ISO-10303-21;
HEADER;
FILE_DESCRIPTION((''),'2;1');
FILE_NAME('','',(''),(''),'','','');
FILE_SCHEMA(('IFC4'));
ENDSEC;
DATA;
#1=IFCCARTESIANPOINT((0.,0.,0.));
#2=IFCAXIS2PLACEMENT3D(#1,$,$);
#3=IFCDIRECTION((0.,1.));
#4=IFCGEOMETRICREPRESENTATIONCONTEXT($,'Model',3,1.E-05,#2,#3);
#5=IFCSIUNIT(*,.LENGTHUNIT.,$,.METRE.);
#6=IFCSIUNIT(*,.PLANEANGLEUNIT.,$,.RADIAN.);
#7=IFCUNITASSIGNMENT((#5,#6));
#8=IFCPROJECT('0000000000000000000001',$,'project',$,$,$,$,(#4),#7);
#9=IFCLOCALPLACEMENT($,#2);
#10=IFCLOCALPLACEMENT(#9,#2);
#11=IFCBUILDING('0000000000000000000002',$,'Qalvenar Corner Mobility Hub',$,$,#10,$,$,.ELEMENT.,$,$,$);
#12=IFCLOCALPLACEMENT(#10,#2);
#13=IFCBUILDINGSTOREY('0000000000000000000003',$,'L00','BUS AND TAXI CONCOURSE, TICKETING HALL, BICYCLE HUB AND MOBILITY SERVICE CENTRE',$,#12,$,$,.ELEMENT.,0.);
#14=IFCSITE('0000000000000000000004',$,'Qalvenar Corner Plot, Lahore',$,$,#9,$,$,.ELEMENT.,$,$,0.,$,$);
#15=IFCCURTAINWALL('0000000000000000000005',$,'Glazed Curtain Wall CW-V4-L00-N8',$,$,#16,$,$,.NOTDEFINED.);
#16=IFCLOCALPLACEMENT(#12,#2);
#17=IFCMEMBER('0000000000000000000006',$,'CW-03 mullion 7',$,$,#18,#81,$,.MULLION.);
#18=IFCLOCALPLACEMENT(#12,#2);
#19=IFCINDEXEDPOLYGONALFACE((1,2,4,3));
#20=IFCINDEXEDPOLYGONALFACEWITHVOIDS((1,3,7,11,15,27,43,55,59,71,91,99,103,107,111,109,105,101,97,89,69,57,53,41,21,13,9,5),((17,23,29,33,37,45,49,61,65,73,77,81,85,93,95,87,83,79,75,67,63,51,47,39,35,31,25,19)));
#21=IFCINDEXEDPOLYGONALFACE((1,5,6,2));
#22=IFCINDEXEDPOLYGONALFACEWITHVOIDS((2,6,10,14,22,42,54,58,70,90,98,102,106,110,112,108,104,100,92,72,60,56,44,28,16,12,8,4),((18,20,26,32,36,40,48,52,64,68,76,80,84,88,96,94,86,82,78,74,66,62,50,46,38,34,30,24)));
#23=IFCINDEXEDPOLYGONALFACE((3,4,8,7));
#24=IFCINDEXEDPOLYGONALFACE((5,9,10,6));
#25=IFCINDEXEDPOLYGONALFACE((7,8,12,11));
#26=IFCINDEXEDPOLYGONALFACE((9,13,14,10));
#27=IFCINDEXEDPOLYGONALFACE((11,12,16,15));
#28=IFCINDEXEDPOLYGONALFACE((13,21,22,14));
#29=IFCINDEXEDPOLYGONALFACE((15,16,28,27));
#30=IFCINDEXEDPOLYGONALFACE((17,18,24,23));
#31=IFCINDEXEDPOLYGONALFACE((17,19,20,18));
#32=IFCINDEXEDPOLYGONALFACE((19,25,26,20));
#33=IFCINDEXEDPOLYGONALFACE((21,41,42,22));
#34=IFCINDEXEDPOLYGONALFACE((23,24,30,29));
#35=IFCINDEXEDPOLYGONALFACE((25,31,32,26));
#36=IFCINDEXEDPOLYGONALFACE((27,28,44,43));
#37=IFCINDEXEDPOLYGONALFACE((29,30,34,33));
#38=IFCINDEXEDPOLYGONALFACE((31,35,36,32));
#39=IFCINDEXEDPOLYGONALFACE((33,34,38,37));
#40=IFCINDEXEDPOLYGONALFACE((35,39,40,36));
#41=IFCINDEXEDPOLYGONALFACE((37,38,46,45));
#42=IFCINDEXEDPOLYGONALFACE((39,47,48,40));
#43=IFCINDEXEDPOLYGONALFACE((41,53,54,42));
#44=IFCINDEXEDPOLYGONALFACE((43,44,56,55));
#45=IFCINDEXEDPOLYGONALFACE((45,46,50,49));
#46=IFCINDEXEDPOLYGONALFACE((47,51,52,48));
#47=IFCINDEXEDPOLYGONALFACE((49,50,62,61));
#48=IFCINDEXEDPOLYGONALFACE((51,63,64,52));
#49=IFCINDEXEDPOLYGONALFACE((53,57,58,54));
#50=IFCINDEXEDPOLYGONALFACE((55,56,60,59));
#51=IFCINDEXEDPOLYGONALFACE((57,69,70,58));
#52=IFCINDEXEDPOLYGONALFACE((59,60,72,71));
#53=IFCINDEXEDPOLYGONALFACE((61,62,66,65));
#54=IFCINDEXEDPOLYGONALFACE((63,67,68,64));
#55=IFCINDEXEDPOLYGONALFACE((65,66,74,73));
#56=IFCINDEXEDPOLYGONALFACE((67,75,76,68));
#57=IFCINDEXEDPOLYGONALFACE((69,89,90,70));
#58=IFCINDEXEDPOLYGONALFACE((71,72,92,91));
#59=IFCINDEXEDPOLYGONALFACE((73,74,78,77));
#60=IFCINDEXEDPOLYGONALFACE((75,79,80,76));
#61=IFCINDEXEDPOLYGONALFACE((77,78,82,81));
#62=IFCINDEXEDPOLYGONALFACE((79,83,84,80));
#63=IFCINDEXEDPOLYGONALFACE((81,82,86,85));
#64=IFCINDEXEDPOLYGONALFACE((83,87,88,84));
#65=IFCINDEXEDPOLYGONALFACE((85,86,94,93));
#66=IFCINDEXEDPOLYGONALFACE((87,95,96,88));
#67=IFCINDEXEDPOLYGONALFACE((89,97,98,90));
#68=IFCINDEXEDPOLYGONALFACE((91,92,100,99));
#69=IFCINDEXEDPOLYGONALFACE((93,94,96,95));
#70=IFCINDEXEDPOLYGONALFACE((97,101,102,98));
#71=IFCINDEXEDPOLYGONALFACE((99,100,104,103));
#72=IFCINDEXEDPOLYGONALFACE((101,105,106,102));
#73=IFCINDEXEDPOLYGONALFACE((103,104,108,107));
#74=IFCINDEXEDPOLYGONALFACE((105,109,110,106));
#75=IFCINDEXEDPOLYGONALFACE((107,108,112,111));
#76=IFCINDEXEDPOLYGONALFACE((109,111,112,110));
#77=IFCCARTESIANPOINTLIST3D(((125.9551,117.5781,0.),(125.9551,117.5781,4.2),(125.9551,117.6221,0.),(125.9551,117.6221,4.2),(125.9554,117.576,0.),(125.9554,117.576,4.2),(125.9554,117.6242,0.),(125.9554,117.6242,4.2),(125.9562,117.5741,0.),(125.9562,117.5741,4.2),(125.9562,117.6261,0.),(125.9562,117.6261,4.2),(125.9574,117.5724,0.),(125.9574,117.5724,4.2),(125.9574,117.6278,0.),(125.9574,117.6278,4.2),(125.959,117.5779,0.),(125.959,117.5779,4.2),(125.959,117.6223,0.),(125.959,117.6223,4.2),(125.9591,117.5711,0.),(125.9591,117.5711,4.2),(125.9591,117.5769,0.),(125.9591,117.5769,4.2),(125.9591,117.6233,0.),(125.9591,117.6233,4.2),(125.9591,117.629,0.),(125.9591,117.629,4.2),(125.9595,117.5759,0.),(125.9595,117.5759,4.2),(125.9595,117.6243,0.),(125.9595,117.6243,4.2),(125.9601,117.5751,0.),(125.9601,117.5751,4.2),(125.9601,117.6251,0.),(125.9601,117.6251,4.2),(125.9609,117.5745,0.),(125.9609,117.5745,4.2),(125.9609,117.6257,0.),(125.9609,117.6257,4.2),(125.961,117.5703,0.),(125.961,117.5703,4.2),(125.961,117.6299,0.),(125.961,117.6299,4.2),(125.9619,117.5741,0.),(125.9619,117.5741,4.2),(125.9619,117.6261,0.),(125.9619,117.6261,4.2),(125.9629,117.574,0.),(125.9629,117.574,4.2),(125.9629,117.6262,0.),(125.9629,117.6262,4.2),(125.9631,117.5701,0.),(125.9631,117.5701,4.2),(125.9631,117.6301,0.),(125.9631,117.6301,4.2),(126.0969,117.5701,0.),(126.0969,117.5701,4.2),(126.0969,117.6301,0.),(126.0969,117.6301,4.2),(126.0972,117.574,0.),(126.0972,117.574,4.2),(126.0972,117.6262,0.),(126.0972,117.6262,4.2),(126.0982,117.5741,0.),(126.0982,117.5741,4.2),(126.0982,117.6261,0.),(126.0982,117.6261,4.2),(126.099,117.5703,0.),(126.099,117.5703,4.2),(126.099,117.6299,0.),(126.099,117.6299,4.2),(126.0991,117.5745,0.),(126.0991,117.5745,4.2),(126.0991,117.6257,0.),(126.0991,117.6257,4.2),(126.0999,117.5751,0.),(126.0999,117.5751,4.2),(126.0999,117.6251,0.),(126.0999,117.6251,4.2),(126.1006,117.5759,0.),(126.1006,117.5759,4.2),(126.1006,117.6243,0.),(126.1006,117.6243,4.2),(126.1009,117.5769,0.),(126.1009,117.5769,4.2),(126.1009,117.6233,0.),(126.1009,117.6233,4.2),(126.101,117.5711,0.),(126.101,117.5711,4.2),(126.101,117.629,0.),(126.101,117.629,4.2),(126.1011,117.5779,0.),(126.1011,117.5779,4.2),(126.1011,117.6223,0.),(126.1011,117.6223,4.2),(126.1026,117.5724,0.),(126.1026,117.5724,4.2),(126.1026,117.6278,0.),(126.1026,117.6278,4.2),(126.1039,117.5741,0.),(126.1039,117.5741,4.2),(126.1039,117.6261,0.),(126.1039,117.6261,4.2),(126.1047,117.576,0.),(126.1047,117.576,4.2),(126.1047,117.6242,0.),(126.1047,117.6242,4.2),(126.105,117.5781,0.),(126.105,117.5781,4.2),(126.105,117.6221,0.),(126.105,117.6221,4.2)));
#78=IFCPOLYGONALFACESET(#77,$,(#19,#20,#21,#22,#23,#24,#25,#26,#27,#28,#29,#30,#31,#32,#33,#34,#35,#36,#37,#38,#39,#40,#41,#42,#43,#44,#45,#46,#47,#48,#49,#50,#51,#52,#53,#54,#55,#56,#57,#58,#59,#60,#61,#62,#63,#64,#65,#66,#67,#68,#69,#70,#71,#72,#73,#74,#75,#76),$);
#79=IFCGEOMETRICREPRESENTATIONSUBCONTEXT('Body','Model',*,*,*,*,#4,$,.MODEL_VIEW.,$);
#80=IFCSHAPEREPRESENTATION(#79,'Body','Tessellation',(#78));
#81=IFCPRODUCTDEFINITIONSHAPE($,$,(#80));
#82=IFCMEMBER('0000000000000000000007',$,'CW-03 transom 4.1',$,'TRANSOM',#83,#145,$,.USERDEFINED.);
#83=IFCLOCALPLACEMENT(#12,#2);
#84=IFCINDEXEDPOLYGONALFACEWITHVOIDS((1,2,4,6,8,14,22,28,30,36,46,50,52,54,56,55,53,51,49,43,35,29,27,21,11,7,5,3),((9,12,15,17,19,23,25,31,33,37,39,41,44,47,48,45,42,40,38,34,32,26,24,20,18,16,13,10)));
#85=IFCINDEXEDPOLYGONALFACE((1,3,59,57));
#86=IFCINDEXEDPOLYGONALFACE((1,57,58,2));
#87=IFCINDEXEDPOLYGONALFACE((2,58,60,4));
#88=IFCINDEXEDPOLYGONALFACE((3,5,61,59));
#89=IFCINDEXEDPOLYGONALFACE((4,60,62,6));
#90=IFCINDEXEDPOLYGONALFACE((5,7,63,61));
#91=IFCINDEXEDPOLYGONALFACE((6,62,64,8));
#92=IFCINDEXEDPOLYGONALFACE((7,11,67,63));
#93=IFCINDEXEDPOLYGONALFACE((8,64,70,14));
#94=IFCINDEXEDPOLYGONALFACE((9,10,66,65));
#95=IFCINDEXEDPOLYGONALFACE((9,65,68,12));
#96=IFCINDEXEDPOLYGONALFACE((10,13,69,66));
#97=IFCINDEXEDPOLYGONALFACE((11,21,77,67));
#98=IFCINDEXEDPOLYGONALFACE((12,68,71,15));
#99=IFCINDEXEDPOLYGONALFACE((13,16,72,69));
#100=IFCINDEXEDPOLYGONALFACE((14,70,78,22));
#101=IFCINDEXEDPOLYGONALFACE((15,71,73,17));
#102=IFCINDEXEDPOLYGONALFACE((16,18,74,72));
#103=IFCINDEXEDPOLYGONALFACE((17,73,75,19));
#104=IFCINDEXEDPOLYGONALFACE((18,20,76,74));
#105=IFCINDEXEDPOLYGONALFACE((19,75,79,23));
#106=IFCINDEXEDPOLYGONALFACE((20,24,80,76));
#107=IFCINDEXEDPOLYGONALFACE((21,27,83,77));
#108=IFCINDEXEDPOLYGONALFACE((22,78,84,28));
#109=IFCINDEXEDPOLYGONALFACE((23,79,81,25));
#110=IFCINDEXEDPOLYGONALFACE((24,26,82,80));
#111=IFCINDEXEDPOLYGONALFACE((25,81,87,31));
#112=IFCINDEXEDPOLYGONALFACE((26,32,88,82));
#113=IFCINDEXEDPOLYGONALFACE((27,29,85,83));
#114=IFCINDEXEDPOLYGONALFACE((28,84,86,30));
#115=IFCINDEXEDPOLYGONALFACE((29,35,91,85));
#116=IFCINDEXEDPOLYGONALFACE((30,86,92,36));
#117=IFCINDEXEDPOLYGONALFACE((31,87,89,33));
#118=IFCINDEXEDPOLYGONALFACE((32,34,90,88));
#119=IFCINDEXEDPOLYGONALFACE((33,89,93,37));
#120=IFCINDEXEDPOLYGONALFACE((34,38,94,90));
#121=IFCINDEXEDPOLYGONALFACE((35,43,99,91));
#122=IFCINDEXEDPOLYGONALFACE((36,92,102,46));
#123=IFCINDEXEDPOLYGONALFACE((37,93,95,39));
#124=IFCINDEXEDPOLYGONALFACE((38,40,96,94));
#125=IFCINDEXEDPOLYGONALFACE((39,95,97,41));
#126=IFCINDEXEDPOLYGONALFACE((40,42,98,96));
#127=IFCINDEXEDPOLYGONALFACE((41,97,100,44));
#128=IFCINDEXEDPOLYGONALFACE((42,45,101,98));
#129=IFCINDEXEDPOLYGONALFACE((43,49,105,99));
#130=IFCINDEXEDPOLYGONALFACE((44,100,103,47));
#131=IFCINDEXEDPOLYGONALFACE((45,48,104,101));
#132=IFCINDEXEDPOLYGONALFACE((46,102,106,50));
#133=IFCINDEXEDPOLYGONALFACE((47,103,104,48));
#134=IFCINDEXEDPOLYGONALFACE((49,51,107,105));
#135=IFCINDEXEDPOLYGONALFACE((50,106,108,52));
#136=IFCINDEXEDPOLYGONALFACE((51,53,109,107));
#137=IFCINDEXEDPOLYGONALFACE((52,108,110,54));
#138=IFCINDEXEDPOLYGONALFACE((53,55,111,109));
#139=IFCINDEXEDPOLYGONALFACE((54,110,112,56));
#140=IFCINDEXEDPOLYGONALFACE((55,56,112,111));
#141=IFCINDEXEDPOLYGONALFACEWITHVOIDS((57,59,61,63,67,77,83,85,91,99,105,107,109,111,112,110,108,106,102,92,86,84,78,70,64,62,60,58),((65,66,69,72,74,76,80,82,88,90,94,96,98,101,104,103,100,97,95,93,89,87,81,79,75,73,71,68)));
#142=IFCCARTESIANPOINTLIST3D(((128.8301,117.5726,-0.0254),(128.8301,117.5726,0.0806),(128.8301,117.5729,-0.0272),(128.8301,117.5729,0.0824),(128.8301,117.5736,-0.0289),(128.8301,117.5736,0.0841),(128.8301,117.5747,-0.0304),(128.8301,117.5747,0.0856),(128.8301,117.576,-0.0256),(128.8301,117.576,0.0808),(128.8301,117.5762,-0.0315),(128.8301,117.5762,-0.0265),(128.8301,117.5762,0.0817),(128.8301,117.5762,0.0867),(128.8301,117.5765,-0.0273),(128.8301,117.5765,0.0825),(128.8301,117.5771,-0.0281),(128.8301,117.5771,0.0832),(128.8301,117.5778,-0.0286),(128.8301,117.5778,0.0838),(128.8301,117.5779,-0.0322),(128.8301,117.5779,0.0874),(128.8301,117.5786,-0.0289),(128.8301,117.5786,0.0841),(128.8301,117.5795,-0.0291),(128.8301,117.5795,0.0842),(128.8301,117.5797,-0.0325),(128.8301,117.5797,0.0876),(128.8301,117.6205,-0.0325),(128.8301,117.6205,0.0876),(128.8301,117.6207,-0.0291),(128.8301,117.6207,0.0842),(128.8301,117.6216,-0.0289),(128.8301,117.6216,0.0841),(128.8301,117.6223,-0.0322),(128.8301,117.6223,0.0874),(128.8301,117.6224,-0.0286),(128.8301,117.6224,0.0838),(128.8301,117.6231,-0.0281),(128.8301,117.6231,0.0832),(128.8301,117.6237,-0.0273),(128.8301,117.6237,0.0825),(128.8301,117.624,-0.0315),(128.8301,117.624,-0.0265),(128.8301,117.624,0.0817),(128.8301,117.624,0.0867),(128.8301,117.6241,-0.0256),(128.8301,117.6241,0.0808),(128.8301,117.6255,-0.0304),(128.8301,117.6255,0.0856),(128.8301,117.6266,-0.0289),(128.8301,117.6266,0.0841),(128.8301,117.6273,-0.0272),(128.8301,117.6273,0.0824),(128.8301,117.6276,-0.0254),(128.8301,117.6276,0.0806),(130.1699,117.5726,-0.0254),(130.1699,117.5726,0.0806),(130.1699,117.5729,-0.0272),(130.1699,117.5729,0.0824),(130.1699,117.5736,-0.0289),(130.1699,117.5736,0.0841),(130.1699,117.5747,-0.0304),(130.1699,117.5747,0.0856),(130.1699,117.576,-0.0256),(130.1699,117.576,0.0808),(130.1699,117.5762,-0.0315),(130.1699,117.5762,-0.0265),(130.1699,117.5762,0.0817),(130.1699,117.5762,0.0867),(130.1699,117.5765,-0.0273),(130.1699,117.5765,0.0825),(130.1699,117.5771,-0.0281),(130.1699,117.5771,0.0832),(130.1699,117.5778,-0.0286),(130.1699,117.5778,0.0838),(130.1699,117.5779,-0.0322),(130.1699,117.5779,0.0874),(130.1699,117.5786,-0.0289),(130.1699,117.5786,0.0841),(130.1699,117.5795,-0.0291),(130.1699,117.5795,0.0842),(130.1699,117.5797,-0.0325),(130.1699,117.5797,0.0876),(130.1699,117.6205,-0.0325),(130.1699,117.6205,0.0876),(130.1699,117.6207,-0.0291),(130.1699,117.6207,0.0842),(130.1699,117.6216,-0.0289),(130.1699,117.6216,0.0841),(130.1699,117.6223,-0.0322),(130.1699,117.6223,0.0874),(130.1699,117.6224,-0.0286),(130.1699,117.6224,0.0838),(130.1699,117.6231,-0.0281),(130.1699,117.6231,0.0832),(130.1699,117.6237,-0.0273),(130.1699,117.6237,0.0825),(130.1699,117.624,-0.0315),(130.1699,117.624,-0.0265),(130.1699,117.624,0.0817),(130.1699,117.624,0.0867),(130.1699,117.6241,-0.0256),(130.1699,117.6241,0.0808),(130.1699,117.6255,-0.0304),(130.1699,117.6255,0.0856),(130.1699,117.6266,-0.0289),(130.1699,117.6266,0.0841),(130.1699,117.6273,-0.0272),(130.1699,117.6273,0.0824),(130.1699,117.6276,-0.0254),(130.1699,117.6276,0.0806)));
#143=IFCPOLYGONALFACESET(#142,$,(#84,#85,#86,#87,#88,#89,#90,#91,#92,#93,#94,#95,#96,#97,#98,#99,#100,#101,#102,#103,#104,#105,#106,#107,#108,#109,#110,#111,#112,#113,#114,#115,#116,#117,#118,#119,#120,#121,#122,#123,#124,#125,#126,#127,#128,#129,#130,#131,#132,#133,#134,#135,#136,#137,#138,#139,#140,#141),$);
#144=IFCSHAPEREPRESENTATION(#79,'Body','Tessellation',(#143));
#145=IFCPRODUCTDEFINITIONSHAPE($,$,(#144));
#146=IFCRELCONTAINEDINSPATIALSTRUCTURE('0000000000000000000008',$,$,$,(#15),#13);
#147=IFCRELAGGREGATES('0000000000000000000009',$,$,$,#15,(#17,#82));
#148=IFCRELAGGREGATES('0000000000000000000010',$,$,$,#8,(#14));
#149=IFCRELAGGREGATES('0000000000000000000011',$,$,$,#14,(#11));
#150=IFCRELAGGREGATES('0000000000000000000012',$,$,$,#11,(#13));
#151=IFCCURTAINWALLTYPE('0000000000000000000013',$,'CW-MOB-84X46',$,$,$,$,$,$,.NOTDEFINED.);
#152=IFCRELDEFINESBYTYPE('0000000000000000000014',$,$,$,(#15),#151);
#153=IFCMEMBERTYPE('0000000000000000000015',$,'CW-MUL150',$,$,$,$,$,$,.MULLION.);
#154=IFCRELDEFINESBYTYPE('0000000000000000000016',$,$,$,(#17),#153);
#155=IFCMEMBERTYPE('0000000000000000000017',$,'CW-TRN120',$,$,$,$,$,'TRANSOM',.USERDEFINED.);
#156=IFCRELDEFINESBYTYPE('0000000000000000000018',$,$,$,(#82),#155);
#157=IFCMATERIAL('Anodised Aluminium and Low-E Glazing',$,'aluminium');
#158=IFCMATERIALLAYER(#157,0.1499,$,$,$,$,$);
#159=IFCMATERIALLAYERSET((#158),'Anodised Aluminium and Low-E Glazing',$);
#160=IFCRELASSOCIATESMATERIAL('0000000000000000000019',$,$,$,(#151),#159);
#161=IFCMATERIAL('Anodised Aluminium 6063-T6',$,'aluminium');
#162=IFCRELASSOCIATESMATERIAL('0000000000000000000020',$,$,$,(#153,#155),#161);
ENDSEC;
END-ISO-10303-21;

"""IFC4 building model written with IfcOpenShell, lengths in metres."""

from ifc_helpers import new_model, si_unit, direction, frame, origin, origin_2d, place, context, subcontext, project, spatial, hollow_rectangle, extrude, material, layer, layer_set, material_profile, profile_set, type_object, element, aggregate, save


model = new_model("IFC4")

# Units and contexts
model_context = context("Model", 3, precision=1e-05, world=origin(), true_north=direction((0.0, 1.0)))
body_context = subcontext(model_context, "Body", "Model", "MODEL_VIEW")
ifc_project = project(units=[si_unit("LENGTHUNIT", "METRE"), si_unit("PLANEANGLEUNIT", "RADIAN")], contexts=[model_context])

# Site, building, storey
site_placement = place(None, origin())
site = spatial("IfcSite", under=ifc_project, at=site_placement, Name="Qalvenar Corner Plot, Lahore", CompositionType="ELEMENT", RefElevation=0.0)
building_placement = place(site_placement, origin())
building = spatial("IfcBuilding", under=site, at=building_placement, Name="Qalvenar Corner Mobility Hub", CompositionType="ELEMENT")
storey_placement = place(building_placement, origin())
storey = spatial("IfcBuildingStorey", under=building, at=storey_placement, Name="L00", Description="BUS AND TAXI CONCOURSE, TICKETING HALL, BICYCLE HUB AND MOBILITY SERVICE CENTRE", CompositionType="ELEMENT", Elevation=0.0)

# Shared definitions
ifc_material_1 = material(Name="Anodised Aluminium and Low-E Glazing", Category="aluminium")
ifc_layer_1 = layer(ifc_material_1, 0.1499)
ifc_layer_set_1 = layer_set([ifc_layer_1], Name="Anodised Aluminium and Low-E Glazing")
curtain_wall_type = type_object("IfcCurtainWallType", Name="CW-MOB-84X46", PredefinedType="NOTDEFINED", material=ifc_layer_set_1)
ifc_material_2 = material(Name="Anodised Aluminium 6063-T6", Category="aluminium")
ifc_material_profile_1 = material_profile(ifc_material_2, hollow_rectangle(XDim=0.0601, YDim=0.1499, WallThickness=0.0039, InnerFilletRadius=0.0039, OuterFilletRadius=0.0081, at=origin_2d()), Name="RHS150x60x4")
ifc_profile_set_1 = profile_set([ifc_material_profile_1], Name="Anodised Aluminium 6063-T6")
member_type_1 = type_object("IfcMemberType", Name="CW-MUL150", PredefinedType="MULLION", material=ifc_profile_set_1)

# Curtain wall, members
curtain_wall_1_placement = place(storey_placement, origin())
curtain_wall_1 = element("IfcCurtainWall", 1, at=curtain_wall_1_placement, inside=storey, type_object=curtain_wall_type, Name="Glazed Curtain Wall CW-V4-L00-N8", PredefinedType="NOTDEFINED")
member_1_placement = place(storey_placement, frame((126.03, 117.6001, 0.0), z_axis=(0.0, 0.0, 1.0), x_axis=(0.0, -1.0, 0.0)))
member_1 = element("IfcMember", 2, at=member_1_placement, type_object=member_type_1, Name="CW-03 mullion 7", PredefinedType="MULLION", context=body_context, shape_type="SweptSolid", body=[
    extrude(hollow_rectangle(XDim=0.0601, YDim=0.1499, WallThickness=0.0039, InnerFilletRadius=0.0039, OuterFilletRadius=0.0081, at=origin_2d()), origin(), (0.0, 0.0, 1.0), 4.2),
])
ifc_material_profile_2 = material_profile(ifc_material_2, hollow_rectangle(XDim=0.0549, YDim=0.1201, WallThickness=0.0034, InnerFilletRadius=0.0034, OuterFilletRadius=0.0071, at=origin_2d()), Name="RHS120x55x3.5")
ifc_profile_set_2 = profile_set([ifc_material_profile_2], Name="Anodised Aluminium 6063-T6")
member_type_2 = type_object("IfcMemberType", Name="CW-TRN120", ElementType="TRANSOM", PredefinedType="USERDEFINED", material=ifc_profile_set_2)
member_2_placement = place(storey_placement, frame((130.1699, 117.6001, 0.0276), z_axis=(-1.0, 0.0, 0.0), x_axis=(0.0, -1.0, 0.0)))
member_2 = element("IfcMember", 3, at=member_2_placement, type_object=member_type_2, Name="CW-03 transom 4.1", ObjectType="TRANSOM", PredefinedType="USERDEFINED", context=body_context, shape_type="SweptSolid", body=[
    extrude(hollow_rectangle(XDim=0.0549, YDim=0.1201, WallThickness=0.0034, InnerFilletRadius=0.0034, OuterFilletRadius=0.0071, at=origin_2d()), origin(), (0.0, 0.0, 1.0), 1.3398),
])
aggregate(curtain_wall_1, [member_1, member_2])

save(model, "model.ifc")
